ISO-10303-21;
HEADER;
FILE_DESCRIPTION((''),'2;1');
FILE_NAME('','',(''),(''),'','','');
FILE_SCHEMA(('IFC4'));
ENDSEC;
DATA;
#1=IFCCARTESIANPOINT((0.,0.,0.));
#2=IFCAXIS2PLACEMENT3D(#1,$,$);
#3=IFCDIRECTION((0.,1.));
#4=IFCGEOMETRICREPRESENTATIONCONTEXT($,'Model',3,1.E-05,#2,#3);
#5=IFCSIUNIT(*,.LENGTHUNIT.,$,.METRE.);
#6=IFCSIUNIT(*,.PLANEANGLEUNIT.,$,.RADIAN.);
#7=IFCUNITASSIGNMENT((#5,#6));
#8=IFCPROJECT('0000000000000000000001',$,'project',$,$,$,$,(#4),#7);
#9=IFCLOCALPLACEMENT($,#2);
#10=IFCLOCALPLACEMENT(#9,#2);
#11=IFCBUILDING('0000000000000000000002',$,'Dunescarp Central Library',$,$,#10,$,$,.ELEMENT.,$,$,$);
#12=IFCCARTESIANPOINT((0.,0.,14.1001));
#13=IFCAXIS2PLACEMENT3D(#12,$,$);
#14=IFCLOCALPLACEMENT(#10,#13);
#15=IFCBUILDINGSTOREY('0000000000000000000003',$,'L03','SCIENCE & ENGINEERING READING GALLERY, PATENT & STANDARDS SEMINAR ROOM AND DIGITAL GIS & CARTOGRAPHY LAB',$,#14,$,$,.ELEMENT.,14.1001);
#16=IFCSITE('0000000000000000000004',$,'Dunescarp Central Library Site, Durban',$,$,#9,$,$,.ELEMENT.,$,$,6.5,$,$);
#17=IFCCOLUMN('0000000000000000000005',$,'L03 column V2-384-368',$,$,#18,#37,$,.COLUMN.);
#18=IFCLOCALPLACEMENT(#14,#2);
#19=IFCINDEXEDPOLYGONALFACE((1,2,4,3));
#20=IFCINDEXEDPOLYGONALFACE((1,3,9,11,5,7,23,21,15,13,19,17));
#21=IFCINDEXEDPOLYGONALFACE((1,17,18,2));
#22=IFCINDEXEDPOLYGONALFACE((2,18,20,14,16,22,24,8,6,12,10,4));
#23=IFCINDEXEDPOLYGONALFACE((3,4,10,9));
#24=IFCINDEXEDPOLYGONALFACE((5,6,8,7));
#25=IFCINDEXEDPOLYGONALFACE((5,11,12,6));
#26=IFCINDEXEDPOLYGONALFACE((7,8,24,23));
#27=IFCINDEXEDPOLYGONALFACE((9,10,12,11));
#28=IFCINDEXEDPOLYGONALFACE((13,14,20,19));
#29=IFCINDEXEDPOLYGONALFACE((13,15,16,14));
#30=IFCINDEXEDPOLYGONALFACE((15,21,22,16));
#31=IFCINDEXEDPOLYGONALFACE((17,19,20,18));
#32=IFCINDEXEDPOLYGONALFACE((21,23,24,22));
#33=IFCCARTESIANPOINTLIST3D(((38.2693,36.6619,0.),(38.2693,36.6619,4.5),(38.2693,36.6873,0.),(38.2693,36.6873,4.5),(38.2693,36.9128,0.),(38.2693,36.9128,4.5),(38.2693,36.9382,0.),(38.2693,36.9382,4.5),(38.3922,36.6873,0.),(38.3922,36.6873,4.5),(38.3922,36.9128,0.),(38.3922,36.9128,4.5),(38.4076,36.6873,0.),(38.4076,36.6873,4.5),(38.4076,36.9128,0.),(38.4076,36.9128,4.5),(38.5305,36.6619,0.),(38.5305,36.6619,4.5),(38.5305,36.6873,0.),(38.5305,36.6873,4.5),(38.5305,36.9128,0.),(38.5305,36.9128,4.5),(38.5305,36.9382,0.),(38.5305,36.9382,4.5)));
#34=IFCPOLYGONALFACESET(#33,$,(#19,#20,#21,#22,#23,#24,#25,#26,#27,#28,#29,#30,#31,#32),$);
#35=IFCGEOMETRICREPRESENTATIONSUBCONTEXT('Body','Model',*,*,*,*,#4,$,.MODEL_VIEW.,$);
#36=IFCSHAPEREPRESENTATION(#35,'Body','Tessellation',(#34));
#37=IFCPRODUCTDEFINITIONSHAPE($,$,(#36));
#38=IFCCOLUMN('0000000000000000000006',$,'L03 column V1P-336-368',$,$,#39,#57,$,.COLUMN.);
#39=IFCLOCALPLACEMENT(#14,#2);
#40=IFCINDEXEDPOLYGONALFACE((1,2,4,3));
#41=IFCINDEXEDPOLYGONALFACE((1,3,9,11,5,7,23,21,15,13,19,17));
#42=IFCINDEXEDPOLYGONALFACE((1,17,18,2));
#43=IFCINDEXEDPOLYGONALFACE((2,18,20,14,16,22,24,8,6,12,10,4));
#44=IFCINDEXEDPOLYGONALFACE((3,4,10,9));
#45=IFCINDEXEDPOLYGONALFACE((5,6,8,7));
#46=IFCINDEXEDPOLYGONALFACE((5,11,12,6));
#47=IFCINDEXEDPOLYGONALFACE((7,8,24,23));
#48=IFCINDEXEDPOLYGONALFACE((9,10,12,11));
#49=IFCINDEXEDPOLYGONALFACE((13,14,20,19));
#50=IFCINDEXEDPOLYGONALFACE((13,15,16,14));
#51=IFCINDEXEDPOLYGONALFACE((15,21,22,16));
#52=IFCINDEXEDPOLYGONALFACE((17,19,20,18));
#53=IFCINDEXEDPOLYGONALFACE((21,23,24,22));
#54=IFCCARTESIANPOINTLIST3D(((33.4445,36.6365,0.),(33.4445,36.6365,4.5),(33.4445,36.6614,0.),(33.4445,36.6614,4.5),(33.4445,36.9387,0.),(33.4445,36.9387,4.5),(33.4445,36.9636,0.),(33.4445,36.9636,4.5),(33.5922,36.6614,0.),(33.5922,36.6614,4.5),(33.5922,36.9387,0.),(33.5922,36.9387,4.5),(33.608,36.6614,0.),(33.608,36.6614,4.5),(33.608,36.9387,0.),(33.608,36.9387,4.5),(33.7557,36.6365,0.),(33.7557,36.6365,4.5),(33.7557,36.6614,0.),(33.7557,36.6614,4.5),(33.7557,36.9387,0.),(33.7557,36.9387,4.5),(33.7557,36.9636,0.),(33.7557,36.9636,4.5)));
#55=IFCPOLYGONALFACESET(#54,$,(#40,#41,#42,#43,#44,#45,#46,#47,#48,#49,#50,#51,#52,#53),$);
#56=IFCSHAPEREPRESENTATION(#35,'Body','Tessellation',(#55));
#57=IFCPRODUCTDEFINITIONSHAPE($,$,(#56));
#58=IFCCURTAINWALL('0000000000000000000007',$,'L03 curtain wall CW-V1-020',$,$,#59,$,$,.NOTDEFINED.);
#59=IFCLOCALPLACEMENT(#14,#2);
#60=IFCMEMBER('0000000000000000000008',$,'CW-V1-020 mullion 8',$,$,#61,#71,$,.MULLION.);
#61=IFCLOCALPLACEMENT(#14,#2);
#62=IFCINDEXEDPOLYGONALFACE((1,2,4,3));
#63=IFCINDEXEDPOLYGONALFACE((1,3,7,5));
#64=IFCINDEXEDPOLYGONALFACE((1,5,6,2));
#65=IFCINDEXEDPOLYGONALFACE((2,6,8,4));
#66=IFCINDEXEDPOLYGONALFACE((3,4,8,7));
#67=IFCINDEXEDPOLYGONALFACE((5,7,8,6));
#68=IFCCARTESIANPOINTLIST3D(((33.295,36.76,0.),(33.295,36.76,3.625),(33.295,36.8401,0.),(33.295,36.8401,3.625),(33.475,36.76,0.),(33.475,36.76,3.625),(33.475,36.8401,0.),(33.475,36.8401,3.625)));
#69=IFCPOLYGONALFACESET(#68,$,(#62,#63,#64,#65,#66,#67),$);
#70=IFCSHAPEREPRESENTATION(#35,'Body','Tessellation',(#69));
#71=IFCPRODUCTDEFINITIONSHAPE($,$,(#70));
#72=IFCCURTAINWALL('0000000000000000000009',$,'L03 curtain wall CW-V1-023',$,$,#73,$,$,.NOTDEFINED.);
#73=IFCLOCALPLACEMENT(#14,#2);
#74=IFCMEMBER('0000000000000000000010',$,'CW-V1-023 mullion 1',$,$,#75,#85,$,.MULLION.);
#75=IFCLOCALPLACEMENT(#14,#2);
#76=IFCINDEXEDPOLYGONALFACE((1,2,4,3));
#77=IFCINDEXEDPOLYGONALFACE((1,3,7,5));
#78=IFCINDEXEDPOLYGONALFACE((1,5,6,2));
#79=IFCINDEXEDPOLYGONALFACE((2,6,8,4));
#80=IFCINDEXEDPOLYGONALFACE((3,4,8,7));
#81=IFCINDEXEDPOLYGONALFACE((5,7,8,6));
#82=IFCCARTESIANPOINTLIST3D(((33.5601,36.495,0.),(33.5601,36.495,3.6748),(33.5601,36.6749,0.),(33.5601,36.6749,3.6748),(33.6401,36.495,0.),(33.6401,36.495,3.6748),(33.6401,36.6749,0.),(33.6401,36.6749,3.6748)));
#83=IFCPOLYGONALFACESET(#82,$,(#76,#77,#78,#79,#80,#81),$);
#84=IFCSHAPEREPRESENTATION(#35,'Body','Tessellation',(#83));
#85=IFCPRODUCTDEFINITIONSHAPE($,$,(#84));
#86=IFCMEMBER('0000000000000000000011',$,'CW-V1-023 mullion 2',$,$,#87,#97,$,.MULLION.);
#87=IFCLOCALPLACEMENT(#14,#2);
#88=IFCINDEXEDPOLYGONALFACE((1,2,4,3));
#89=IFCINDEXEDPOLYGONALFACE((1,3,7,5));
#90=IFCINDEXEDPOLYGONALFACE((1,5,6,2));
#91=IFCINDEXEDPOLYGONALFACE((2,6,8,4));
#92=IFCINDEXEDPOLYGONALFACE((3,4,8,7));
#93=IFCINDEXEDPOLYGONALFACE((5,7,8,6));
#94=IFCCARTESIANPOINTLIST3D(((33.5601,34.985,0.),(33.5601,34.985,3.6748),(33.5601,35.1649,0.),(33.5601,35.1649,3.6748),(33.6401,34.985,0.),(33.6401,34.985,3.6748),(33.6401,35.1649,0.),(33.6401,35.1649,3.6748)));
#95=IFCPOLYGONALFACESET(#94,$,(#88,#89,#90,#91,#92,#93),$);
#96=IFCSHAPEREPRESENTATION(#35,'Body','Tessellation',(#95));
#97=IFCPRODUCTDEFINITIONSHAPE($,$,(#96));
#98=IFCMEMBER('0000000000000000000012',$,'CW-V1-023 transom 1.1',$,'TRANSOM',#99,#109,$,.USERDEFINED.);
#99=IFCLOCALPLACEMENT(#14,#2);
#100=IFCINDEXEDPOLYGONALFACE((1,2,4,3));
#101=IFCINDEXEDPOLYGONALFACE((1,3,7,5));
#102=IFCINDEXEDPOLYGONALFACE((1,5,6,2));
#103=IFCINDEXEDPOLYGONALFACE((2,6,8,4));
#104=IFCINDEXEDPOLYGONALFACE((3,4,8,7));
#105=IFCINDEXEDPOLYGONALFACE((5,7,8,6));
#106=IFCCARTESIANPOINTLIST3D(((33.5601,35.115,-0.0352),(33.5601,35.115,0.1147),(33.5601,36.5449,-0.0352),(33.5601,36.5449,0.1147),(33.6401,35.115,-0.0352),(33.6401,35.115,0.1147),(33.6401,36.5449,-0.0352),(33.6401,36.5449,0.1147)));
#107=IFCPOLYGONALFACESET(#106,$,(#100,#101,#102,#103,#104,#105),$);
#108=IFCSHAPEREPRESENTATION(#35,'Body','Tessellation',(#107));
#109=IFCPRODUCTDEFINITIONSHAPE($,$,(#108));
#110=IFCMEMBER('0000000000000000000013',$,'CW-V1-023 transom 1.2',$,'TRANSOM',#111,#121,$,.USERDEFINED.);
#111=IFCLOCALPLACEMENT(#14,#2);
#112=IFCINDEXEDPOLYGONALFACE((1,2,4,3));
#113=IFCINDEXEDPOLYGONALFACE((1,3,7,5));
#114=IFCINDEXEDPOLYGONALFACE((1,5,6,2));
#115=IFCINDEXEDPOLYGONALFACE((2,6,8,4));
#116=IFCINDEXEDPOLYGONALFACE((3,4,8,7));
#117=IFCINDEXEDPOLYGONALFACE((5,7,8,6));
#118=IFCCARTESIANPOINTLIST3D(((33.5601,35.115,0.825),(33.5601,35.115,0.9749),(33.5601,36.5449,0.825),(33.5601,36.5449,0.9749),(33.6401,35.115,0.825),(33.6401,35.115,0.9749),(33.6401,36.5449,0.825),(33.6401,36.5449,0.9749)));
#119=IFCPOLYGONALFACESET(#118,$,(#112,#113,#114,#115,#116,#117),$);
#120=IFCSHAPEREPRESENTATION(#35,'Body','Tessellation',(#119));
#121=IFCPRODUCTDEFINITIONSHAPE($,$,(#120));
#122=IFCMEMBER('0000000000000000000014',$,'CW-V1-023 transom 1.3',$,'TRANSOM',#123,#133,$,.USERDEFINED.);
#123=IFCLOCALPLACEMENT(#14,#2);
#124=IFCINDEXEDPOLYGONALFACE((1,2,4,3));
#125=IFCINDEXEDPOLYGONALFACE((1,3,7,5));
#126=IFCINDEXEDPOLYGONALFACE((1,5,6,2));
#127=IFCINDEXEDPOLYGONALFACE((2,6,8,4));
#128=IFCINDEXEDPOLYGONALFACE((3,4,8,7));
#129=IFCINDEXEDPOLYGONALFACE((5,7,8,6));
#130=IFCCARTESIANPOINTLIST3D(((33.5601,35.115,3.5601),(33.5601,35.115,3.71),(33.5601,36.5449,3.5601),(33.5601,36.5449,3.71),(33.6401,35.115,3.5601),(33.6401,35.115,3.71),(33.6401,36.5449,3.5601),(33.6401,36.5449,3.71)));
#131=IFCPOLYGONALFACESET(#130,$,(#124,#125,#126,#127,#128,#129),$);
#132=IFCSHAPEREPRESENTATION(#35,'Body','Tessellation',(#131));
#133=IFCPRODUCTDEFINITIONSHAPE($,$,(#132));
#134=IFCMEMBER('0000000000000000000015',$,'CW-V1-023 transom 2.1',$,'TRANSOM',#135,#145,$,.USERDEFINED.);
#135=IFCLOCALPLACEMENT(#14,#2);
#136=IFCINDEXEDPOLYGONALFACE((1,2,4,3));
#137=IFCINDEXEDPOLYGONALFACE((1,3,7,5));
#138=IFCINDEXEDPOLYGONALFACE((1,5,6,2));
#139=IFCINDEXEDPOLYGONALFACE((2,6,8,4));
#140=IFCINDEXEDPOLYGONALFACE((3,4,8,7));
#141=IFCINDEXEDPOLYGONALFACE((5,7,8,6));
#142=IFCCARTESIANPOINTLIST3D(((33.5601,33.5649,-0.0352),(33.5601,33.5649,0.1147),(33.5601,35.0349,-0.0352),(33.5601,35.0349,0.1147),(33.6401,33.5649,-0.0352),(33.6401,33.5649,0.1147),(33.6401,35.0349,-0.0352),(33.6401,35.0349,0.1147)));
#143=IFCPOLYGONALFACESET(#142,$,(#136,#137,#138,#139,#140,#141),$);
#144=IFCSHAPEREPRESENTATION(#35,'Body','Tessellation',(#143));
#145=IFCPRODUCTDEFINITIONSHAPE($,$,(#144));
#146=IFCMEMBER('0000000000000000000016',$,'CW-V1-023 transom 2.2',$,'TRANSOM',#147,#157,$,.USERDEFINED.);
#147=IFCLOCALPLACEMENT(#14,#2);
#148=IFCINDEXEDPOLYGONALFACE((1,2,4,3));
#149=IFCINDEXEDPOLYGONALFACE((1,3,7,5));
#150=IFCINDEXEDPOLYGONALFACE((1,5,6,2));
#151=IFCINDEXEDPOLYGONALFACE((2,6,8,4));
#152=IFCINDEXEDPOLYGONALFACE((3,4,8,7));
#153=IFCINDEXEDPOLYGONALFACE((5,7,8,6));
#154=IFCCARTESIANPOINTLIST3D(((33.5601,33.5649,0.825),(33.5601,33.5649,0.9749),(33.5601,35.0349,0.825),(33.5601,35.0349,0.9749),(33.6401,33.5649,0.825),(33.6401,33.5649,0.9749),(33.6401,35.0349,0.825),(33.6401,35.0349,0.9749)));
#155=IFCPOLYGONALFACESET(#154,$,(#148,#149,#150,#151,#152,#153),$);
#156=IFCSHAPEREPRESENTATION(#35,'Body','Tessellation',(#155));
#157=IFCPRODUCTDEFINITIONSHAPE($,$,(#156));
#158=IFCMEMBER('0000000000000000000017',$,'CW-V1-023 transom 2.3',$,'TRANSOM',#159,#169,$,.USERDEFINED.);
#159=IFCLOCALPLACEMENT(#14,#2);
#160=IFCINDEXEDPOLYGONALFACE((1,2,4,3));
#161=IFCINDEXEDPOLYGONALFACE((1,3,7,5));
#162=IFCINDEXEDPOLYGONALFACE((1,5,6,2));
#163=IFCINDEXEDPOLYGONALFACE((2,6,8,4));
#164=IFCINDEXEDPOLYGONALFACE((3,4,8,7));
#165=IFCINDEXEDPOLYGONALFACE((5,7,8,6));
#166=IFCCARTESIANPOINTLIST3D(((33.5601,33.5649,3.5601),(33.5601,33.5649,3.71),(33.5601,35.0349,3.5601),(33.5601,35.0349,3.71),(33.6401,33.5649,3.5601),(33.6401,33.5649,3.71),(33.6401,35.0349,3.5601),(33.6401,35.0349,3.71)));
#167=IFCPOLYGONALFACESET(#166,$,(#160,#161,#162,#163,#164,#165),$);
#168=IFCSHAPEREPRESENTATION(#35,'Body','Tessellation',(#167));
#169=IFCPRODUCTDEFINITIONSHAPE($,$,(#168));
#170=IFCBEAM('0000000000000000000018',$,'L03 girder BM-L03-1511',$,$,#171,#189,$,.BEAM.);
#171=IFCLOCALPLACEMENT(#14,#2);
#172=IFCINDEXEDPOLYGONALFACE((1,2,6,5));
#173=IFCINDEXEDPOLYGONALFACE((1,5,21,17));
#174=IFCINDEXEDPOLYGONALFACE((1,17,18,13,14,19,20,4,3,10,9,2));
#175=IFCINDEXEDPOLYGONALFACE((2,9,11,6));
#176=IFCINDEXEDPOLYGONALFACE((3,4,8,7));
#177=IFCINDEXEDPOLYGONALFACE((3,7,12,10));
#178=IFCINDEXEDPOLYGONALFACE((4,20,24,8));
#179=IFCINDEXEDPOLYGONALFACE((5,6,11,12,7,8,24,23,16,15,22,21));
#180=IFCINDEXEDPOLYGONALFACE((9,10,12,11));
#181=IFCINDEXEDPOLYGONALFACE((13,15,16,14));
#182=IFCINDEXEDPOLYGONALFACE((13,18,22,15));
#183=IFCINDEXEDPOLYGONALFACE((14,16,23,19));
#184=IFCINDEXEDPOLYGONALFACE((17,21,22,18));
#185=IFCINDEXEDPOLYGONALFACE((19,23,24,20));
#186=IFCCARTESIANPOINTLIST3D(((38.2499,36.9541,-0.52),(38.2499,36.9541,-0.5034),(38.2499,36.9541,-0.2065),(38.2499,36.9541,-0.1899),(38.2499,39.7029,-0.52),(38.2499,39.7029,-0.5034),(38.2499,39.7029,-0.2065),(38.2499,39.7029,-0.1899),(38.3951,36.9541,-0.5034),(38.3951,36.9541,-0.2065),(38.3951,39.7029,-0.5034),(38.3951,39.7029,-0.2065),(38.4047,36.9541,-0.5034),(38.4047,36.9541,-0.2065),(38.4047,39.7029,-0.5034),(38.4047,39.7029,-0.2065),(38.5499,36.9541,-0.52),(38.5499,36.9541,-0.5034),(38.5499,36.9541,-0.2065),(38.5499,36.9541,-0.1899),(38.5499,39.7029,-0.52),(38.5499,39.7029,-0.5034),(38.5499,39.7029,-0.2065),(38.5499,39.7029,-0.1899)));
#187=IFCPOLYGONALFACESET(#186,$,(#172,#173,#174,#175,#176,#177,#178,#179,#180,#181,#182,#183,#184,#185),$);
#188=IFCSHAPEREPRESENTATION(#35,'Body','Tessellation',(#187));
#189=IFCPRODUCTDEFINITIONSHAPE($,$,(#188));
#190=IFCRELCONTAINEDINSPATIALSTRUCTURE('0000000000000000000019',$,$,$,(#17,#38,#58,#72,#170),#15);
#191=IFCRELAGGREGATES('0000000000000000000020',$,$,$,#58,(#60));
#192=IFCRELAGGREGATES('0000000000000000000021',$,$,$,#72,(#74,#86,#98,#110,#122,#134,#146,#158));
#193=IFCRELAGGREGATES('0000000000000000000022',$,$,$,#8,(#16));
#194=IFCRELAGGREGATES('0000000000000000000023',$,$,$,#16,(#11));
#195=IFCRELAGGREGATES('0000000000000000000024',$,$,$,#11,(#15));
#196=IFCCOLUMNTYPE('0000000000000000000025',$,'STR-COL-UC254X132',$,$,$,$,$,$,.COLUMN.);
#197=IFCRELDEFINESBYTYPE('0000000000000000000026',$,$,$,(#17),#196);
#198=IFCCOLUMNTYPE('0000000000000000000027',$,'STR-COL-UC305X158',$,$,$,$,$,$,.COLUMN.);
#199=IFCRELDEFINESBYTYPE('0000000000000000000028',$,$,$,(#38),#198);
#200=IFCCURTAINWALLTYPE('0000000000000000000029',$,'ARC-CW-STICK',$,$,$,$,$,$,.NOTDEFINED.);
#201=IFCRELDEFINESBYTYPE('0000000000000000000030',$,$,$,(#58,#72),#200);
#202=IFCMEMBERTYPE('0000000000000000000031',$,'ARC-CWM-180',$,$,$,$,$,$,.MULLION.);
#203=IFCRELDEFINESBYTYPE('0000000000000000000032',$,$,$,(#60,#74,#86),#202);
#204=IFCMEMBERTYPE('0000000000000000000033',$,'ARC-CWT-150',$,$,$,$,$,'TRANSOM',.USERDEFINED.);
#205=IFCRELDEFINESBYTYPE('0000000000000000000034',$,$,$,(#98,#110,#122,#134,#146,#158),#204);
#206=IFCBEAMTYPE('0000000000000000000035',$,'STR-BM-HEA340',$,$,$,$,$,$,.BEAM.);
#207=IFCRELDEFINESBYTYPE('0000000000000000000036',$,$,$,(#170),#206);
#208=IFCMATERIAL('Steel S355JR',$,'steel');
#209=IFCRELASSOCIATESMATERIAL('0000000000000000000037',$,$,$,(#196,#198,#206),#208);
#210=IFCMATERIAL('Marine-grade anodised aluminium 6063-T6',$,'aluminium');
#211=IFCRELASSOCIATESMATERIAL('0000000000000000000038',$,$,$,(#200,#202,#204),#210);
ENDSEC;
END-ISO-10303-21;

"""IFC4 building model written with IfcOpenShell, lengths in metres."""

from ifc_helpers import new_model, si_unit, direction, frame, origin, origin_2d, place, context, subcontext, project, spatial, rectangle, i_section, extrude, material, material_profile, profile_set, type_object, element, aggregate, save


model = new_model("IFC4")

# Units and contexts
model_context = context("Model", 3, precision=1e-05, world=origin(), true_north=direction((0.0, 1.0)))
body_context = subcontext(model_context, "Body", "Model", "MODEL_VIEW")
ifc_project = project(units=[si_unit("LENGTHUNIT", "METRE"), si_unit("PLANEANGLEUNIT", "RADIAN")], contexts=[model_context])

# Site, building, storey
site_placement = place(None, origin())
site = spatial("IfcSite", under=ifc_project, at=site_placement, Name="Dunescarp Central Library Site, Durban", CompositionType="ELEMENT", RefElevation=6.5)
building_placement = place(site_placement, origin())
building = spatial("IfcBuilding", under=site, at=building_placement, Name="Dunescarp Central Library", CompositionType="ELEMENT")
storey_placement = place(building_placement, frame((0.0, 0.0, 14.1001)))
storey = spatial("IfcBuildingStorey", under=building, at=storey_placement, Name="L03", Description="SCIENCE & ENGINEERING READING GALLERY, PATENT & STANDARDS SEMINAR ROOM AND DIGITAL GIS & CARTOGRAPHY LAB", CompositionType="ELEMENT", Elevation=14.1001)

# Columns
ifc_material_1 = material(Name="Steel S355JR", Category="steel")
ifc_material_profile_1 = material_profile(ifc_material_1, i_section(OverallWidth=0.2612, OverallDepth=0.2764, WebThickness=0.0154, FlangeThickness=0.0254, at=origin_2d()), Name="UC 254x254x132")
ifc_profile_set_1 = profile_set([ifc_material_profile_1], Name="Steel S355JR")
column_type_1 = type_object("IfcColumnType", Name="STR-COL-UC254X132", PredefinedType="COLUMN", material=ifc_profile_set_1)
column_1_placement = place(storey_placement, frame((38.3999, 36.8, 0.0), z_axis=(0.0, 0.0, 1.0), x_axis=(1.0, 0.0, 0.0)))
element("IfcColumn", 1, at=column_1_placement, inside=storey, type_object=column_type_1, Name="L03 column V2-384-368", PredefinedType="COLUMN", context=body_context, shape_type="SweptSolid", body=[
    extrude(i_section(OverallWidth=0.2612, OverallDepth=0.2764, WebThickness=0.0154, FlangeThickness=0.0254, at=origin_2d()), origin(), (0.0, 0.0, 1.0), 4.5),
])
ifc_material_profile_2 = material_profile(ifc_material_1, i_section(OverallWidth=0.3113, OverallDepth=0.3271, WebThickness=0.0159, FlangeThickness=0.0249, at=origin_2d()), Name="UC 305x305x158")
ifc_profile_set_2 = profile_set([ifc_material_profile_2], Name="Steel S355JR")
column_type_2 = type_object("IfcColumnType", Name="STR-COL-UC305X158", PredefinedType="COLUMN", material=ifc_profile_set_2)
column_2_placement = place(storey_placement, frame((33.6001, 36.8, 0.0), z_axis=(0.0, 0.0, 1.0), x_axis=(1.0, 0.0, 0.0)))
element("IfcColumn", 2, at=column_2_placement, inside=storey, type_object=column_type_2, Name="L03 column V1P-336-368", PredefinedType="COLUMN", context=body_context, shape_type="SweptSolid", body=[
    extrude(i_section(OverallWidth=0.3113, OverallDepth=0.3271, WebThickness=0.0159, FlangeThickness=0.0249, at=origin_2d()), origin(), (0.0, 0.0, 1.0), 4.5),
])

# Curtain wall, member
ifc_material_2 = material(Name="Marine-grade anodised aluminium 6063-T6", Category="aluminium")
curtain_wall_type = type_object("IfcCurtainWallType", Name="ARC-CW-STICK", PredefinedType="NOTDEFINED", material=ifc_material_2)
curtain_wall_1_placement = place(storey_placement, origin())
curtain_wall_1 = element("IfcCurtainWall", 3, at=curtain_wall_1_placement, inside=storey, type_object=curtain_wall_type, Name="L03 curtain wall CW-V1-020", PredefinedType="NOTDEFINED")
ifc_material_profile_3 = material_profile(ifc_material_2, rectangle(XDim=0.0801, YDim=0.1799, at=origin_2d()), Name="AL 80x180")
ifc_profile_set_3 = profile_set([ifc_material_profile_3], Name="Marine-grade anodised aluminium 6063-T6")
member_type_1 = type_object("IfcMemberType", Name="ARC-CWM-180", PredefinedType="MULLION", material=ifc_profile_set_3)
member_1_placement = place(storey_placement, frame((33.385, 36.8, 0.0), z_axis=(0.0, 0.0, 1.0), x_axis=(0.0, 1.0, 0.0)))
member_1 = element("IfcMember", 4, at=member_1_placement, type_object=member_type_1, Name="CW-V1-020 mullion 8", PredefinedType="MULLION", context=body_context, shape_type="SweptSolid", body=[
    extrude(rectangle(XDim=0.0801, YDim=0.1799, at=origin_2d()), origin(), (0.0, 0.0, 1.0), 3.625),
])
aggregate(curtain_wall_1, [member_1])

# Curtain wall, members
curtain_wall_2_placement = place(storey_placement, origin())
curtain_wall_2 = element("IfcCurtainWall", 5, at=curtain_wall_2_placement, inside=storey, type_object=curtain_wall_type, Name="L03 curtain wall CW-V1-023", PredefinedType="NOTDEFINED")
member_2_placement = place(storey_placement, frame((33.6001, 36.585, 0.0), z_axis=(0.0, 0.0, 1.0), x_axis=(1.0, 0.0, 0.0)))
member_2 = element("IfcMember", 6, at=member_2_placement, type_object=member_type_1, Name="CW-V1-023 mullion 1", PredefinedType="MULLION", context=body_context, shape_type="SweptSolid", body=[
    extrude(rectangle(XDim=0.0801, YDim=0.1799, at=origin_2d()), origin(), (0.0, 0.0, 1.0), 3.6748),
])
member_3_placement = place(storey_placement, frame((33.6001, 35.075, 0.0), z_axis=(0.0, 0.0, 1.0), x_axis=(1.0, 0.0, 0.0)))
member_3 = element("IfcMember", 7, at=member_3_placement, type_object=member_type_1, Name="CW-V1-023 mullion 2", PredefinedType="MULLION", context=body_context, shape_type="SweptSolid", body=[
    extrude(rectangle(XDim=0.0801, YDim=0.1799, at=origin_2d()), origin(), (0.0, 0.0, 1.0), 3.6748),
])
ifc_material_profile_4 = material_profile(ifc_material_2, rectangle(XDim=0.0801, YDim=0.1499, at=origin_2d()), Name="AL 80x150")
ifc_profile_set_4 = profile_set([ifc_material_profile_4], Name="Marine-grade anodised aluminium 6063-T6")
member_type_2 = type_object("IfcMemberType", Name="ARC-CWT-150", ElementType="TRANSOM", PredefinedType="USERDEFINED", material=ifc_profile_set_4)
member_4_placement = place(storey_placement, frame((33.6001, 36.5449, 0.0398), z_axis=(0.0, -1.0, 0.0), x_axis=(1.0, 0.0, 0.0)))
member_4 = element("IfcMember", 8, at=member_4_placement, type_object=member_type_2, Name="CW-V1-023 transom 1.1", ObjectType="TRANSOM", PredefinedType="USERDEFINED", context=body_context, shape_type="SweptSolid", body=[
    extrude(rectangle(XDim=0.0801, YDim=0.1499, at=origin_2d()), origin(), (0.0, 0.0, 1.0), 1.4299),
])
member_5_placement = place(storey_placement, frame((33.6001, 36.5449, 0.8999), z_axis=(0.0, -1.0, 0.0), x_axis=(1.0, 0.0, 0.0)))
member_5 = element("IfcMember", 9, at=member_5_placement, type_object=member_type_2, Name="CW-V1-023 transom 1.2", ObjectType="TRANSOM", PredefinedType="USERDEFINED", context=body_context, shape_type="SweptSolid", body=[
    extrude(rectangle(XDim=0.0801, YDim=0.1499, at=origin_2d()), origin(), (0.0, 0.0, 1.0), 1.4299),
])
member_6_placement = place(storey_placement, frame((33.6001, 36.5449, 3.635), z_axis=(0.0, -1.0, 0.0), x_axis=(1.0, 0.0, 0.0)))
member_6 = element("IfcMember", 10, at=member_6_placement, type_object=member_type_2, Name="CW-V1-023 transom 1.3", ObjectType="TRANSOM", PredefinedType="USERDEFINED", context=body_context, shape_type="SweptSolid", body=[
    extrude(rectangle(XDim=0.0801, YDim=0.1499, at=origin_2d()), origin(), (0.0, 0.0, 1.0), 1.4299),
])
member_7_placement = place(storey_placement, frame((33.6001, 35.0349, 0.0398), z_axis=(0.0, -1.0, 0.0), x_axis=(1.0, 0.0, 0.0)))
member_7 = element("IfcMember", 11, at=member_7_placement, type_object=member_type_2, Name="CW-V1-023 transom 2.1", ObjectType="TRANSOM", PredefinedType="USERDEFINED", context=body_context, shape_type="SweptSolid", body=[
    extrude(rectangle(XDim=0.0801, YDim=0.1499, at=origin_2d()), origin(), (0.0, 0.0, 1.0), 1.47),
])
member_8_placement = place(storey_placement, frame((33.6001, 35.0349, 0.8999), z_axis=(0.0, -1.0, 0.0), x_axis=(1.0, 0.0, 0.0)))
member_8 = element("IfcMember", 12, at=member_8_placement, type_object=member_type_2, Name="CW-V1-023 transom 2.2", ObjectType="TRANSOM", PredefinedType="USERDEFINED", context=body_context, shape_type="SweptSolid", body=[
    extrude(rectangle(XDim=0.0801, YDim=0.1499, at=origin_2d()), origin(), (0.0, 0.0, 1.0), 1.47),
])
member_9_placement = place(storey_placement, frame((33.6001, 35.0349, 3.635), z_axis=(0.0, -1.0, 0.0), x_axis=(1.0, 0.0, 0.0)))
member_9 = element("IfcMember", 13, at=member_9_placement, type_object=member_type_2, Name="CW-V1-023 transom 2.3", ObjectType="TRANSOM", PredefinedType="USERDEFINED", context=body_context, shape_type="SweptSolid", body=[
    extrude(rectangle(XDim=0.0801, YDim=0.1499, at=origin_2d()), origin(), (0.0, 0.0, 1.0), 1.47),
])

# Beam
ifc_material_profile_5 = material_profile(ifc_material_1, i_section(OverallWidth=0.3, OverallDepth=0.3301, WebThickness=0.0095, FlangeThickness=0.0166, at=origin_2d()), Name="HEA 340")
ifc_profile_set_5 = profile_set([ifc_material_profile_5], Name="Steel S355JR")
beam_type = type_object("IfcBeamType", Name="STR-BM-HEA340", PredefinedType="BEAM", material=ifc_profile_set_5)
beam_placement = place(storey_placement, frame((38.3999, 36.9541, -0.355), z_axis=(0.0, 1.0, 0.0), x_axis=(-1.0, 0.0, 0.0)))
element("IfcBeam", 14, at=beam_placement, inside=storey, type_object=beam_type, Name="L03 girder BM-L03-1511", PredefinedType="BEAM", context=body_context, shape_type="SweptSolid", body=[
    extrude(i_section(OverallWidth=0.3, OverallDepth=0.3301, WebThickness=0.0095, FlangeThickness=0.0166, at=origin_2d()), origin(), (0.0, 0.0, 1.0), 2.7488),
])

aggregate(curtain_wall_2, [member_2, member_3, member_4, member_5, member_6, member_7, member_8, member_9])

save(model, "model.ifc")
